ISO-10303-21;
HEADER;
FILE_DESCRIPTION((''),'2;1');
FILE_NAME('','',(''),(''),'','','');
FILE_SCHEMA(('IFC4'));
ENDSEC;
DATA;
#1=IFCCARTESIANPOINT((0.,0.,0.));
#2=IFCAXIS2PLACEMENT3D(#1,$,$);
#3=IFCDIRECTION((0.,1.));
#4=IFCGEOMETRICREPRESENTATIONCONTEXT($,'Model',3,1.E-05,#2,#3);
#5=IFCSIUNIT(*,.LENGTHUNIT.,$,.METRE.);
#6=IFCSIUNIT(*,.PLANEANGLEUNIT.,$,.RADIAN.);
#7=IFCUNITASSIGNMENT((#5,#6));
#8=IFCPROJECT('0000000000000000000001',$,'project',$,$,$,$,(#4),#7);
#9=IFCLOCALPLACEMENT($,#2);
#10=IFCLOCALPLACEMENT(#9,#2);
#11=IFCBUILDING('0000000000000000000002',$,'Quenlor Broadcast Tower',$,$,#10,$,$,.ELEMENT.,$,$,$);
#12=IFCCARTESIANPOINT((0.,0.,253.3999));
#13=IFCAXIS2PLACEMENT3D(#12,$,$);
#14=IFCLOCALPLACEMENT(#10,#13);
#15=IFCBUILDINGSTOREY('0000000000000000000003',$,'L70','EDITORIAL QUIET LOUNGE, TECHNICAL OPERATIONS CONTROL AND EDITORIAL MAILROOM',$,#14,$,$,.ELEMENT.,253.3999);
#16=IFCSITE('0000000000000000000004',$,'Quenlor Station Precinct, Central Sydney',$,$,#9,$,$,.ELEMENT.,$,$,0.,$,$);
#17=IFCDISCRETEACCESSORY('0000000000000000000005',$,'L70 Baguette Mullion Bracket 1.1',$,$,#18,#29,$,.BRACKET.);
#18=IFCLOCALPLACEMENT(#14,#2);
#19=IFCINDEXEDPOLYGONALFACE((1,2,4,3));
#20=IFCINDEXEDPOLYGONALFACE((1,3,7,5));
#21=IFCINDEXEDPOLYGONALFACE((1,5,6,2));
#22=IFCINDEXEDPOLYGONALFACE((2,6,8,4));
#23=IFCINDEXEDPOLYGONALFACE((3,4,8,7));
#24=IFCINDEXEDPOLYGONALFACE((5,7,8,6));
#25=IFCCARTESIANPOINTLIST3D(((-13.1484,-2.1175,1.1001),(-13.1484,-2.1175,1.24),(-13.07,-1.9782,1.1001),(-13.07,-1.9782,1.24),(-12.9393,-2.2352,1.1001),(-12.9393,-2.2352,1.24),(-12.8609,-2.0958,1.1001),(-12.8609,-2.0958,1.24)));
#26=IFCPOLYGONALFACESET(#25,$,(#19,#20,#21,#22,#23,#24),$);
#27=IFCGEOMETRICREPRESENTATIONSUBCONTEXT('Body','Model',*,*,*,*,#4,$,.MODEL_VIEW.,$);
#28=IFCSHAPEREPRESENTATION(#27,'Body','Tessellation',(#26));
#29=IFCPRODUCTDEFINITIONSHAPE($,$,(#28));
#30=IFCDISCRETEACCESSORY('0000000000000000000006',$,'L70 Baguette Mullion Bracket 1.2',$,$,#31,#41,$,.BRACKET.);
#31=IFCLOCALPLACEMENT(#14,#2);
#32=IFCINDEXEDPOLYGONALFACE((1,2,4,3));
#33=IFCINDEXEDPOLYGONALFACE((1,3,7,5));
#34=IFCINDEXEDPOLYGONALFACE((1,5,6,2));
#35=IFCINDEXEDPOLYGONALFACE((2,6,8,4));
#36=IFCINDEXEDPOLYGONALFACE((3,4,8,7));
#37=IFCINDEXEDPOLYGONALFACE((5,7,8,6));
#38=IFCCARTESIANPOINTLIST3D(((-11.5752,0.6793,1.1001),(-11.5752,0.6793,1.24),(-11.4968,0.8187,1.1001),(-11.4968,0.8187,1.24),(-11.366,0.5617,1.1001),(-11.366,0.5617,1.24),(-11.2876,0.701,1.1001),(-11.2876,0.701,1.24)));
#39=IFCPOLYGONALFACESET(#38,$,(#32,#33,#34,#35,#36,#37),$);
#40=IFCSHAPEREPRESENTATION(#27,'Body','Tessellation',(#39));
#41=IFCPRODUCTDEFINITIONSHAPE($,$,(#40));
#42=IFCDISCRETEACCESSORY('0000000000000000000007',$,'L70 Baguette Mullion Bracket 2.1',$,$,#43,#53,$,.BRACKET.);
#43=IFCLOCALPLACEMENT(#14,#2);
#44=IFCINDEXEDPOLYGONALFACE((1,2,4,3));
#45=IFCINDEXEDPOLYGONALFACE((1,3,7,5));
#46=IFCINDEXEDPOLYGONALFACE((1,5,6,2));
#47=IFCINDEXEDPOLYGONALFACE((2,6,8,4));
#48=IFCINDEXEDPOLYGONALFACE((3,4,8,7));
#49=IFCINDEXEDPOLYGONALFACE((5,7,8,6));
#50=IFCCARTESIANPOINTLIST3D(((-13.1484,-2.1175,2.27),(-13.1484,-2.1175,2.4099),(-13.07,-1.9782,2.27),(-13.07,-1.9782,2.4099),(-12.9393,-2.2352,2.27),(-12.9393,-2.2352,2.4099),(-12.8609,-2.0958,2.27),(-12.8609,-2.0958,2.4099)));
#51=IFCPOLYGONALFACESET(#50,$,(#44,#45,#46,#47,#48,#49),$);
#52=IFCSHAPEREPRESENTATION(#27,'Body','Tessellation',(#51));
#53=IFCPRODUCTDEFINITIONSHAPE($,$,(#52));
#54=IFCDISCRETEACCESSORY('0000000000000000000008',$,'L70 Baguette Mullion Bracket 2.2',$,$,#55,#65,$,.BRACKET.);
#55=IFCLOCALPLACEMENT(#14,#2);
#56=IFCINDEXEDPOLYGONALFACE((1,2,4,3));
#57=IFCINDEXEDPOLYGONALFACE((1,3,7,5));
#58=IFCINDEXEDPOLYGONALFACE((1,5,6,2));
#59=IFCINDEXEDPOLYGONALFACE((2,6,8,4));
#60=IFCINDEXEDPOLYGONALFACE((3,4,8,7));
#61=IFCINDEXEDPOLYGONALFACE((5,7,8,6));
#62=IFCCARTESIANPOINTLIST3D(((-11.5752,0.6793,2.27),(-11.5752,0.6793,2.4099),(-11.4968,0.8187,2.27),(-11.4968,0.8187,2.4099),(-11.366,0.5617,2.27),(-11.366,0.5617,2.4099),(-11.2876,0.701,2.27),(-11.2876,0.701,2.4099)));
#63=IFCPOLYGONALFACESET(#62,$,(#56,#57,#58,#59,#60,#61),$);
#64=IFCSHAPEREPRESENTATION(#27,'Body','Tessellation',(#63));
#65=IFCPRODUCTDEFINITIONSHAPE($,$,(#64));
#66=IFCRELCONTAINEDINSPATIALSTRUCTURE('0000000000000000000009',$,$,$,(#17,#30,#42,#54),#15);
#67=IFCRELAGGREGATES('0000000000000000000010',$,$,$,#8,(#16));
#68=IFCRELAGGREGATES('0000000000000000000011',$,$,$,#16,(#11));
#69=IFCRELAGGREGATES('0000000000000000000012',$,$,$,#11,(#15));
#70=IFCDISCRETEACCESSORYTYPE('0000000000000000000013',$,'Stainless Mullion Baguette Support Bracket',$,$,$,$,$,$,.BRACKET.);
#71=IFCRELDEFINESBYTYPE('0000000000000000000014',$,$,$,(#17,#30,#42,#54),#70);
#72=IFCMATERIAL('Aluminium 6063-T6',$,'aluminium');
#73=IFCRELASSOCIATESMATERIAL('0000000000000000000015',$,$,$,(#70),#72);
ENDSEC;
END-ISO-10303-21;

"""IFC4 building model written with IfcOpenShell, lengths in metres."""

from ifc_helpers import new_model, si_unit, direction, frame, origin, origin_2d, place, context, subcontext, project, spatial, rectangle, extrude, material, type_object, element, save


model = new_model("IFC4")

# Units and contexts
model_context = context("Model", 3, precision=1e-05, world=origin(), true_north=direction((0.0, 1.0)))
body_context = subcontext(model_context, "Body", "Model", "MODEL_VIEW")
ifc_project = project(units=[si_unit("LENGTHUNIT", "METRE"), si_unit("PLANEANGLEUNIT", "RADIAN")], contexts=[model_context])

# Site, building, storey
site_placement = place(None, origin())
site = spatial("IfcSite", under=ifc_project, at=site_placement, Name="Quenlor Station Precinct, Central Sydney", CompositionType="ELEMENT", RefElevation=0.0)
building_placement = place(site_placement, origin())
building = spatial("IfcBuilding", under=site, at=building_placement, Name="Quenlor Broadcast Tower", CompositionType="ELEMENT")
storey_placement = place(building_placement, frame((0.0, 0.0, 253.3999)))
storey = spatial("IfcBuildingStorey", under=building, at=storey_placement, Name="L70", Description="EDITORIAL QUIET LOUNGE, TECHNICAL OPERATIONS CONTROL AND EDITORIAL MAILROOM", CompositionType="ELEMENT", Elevation=253.3999)

# Discrete accessories
ifc_material_1 = material(Name="Aluminium 6063-T6", Category="aluminium")
discrete_accessory_type = type_object("IfcDiscreteAccessoryType", Name="Stainless Mullion Baguette Support Bracket", PredefinedType="BRACKET", material=ifc_material_1)
for number, where, z_axis, x_axis, name in (
    (1, (-13.0046, -2.1067, 1.1001), (0.0, 0.0, 1.0), (0.490262, 0.871575, 0.0), "L70 Baguette Mullion Bracket 1.1"),
    (2, (-11.4314, 0.6902, 1.1001), (0.0, 0.0, 1.0), (0.490262, 0.871575, 0.0), "L70 Baguette Mullion Bracket 1.2"),
    (3, (-13.0046, -2.1067, 2.27), (0.0, 0.0, 1.0), (0.490262, 0.871575, 0.0), "L70 Baguette Mullion Bracket 2.1"),
    (4, (-11.4314, 0.6902, 2.27), (0.0, 0.0, 1.0), (0.490262, 0.871575, 0.0), "L70 Baguette Mullion Bracket 2.2"),
):
    element("IfcDiscreteAccessory", number, at=place(storey_placement, frame(where, z_axis=z_axis, x_axis=x_axis)), inside=storey, type_object=discrete_accessory_type, Name=name, PredefinedType="BRACKET", context=body_context, shape_type="SweptSolid", body=[
        extrude(rectangle(XDim=0.1599, YDim=0.24, at=origin_2d()), origin(), (0.0, 0.0, 1.0), 0.1399),
    ])

save(model, "model.ifc")
